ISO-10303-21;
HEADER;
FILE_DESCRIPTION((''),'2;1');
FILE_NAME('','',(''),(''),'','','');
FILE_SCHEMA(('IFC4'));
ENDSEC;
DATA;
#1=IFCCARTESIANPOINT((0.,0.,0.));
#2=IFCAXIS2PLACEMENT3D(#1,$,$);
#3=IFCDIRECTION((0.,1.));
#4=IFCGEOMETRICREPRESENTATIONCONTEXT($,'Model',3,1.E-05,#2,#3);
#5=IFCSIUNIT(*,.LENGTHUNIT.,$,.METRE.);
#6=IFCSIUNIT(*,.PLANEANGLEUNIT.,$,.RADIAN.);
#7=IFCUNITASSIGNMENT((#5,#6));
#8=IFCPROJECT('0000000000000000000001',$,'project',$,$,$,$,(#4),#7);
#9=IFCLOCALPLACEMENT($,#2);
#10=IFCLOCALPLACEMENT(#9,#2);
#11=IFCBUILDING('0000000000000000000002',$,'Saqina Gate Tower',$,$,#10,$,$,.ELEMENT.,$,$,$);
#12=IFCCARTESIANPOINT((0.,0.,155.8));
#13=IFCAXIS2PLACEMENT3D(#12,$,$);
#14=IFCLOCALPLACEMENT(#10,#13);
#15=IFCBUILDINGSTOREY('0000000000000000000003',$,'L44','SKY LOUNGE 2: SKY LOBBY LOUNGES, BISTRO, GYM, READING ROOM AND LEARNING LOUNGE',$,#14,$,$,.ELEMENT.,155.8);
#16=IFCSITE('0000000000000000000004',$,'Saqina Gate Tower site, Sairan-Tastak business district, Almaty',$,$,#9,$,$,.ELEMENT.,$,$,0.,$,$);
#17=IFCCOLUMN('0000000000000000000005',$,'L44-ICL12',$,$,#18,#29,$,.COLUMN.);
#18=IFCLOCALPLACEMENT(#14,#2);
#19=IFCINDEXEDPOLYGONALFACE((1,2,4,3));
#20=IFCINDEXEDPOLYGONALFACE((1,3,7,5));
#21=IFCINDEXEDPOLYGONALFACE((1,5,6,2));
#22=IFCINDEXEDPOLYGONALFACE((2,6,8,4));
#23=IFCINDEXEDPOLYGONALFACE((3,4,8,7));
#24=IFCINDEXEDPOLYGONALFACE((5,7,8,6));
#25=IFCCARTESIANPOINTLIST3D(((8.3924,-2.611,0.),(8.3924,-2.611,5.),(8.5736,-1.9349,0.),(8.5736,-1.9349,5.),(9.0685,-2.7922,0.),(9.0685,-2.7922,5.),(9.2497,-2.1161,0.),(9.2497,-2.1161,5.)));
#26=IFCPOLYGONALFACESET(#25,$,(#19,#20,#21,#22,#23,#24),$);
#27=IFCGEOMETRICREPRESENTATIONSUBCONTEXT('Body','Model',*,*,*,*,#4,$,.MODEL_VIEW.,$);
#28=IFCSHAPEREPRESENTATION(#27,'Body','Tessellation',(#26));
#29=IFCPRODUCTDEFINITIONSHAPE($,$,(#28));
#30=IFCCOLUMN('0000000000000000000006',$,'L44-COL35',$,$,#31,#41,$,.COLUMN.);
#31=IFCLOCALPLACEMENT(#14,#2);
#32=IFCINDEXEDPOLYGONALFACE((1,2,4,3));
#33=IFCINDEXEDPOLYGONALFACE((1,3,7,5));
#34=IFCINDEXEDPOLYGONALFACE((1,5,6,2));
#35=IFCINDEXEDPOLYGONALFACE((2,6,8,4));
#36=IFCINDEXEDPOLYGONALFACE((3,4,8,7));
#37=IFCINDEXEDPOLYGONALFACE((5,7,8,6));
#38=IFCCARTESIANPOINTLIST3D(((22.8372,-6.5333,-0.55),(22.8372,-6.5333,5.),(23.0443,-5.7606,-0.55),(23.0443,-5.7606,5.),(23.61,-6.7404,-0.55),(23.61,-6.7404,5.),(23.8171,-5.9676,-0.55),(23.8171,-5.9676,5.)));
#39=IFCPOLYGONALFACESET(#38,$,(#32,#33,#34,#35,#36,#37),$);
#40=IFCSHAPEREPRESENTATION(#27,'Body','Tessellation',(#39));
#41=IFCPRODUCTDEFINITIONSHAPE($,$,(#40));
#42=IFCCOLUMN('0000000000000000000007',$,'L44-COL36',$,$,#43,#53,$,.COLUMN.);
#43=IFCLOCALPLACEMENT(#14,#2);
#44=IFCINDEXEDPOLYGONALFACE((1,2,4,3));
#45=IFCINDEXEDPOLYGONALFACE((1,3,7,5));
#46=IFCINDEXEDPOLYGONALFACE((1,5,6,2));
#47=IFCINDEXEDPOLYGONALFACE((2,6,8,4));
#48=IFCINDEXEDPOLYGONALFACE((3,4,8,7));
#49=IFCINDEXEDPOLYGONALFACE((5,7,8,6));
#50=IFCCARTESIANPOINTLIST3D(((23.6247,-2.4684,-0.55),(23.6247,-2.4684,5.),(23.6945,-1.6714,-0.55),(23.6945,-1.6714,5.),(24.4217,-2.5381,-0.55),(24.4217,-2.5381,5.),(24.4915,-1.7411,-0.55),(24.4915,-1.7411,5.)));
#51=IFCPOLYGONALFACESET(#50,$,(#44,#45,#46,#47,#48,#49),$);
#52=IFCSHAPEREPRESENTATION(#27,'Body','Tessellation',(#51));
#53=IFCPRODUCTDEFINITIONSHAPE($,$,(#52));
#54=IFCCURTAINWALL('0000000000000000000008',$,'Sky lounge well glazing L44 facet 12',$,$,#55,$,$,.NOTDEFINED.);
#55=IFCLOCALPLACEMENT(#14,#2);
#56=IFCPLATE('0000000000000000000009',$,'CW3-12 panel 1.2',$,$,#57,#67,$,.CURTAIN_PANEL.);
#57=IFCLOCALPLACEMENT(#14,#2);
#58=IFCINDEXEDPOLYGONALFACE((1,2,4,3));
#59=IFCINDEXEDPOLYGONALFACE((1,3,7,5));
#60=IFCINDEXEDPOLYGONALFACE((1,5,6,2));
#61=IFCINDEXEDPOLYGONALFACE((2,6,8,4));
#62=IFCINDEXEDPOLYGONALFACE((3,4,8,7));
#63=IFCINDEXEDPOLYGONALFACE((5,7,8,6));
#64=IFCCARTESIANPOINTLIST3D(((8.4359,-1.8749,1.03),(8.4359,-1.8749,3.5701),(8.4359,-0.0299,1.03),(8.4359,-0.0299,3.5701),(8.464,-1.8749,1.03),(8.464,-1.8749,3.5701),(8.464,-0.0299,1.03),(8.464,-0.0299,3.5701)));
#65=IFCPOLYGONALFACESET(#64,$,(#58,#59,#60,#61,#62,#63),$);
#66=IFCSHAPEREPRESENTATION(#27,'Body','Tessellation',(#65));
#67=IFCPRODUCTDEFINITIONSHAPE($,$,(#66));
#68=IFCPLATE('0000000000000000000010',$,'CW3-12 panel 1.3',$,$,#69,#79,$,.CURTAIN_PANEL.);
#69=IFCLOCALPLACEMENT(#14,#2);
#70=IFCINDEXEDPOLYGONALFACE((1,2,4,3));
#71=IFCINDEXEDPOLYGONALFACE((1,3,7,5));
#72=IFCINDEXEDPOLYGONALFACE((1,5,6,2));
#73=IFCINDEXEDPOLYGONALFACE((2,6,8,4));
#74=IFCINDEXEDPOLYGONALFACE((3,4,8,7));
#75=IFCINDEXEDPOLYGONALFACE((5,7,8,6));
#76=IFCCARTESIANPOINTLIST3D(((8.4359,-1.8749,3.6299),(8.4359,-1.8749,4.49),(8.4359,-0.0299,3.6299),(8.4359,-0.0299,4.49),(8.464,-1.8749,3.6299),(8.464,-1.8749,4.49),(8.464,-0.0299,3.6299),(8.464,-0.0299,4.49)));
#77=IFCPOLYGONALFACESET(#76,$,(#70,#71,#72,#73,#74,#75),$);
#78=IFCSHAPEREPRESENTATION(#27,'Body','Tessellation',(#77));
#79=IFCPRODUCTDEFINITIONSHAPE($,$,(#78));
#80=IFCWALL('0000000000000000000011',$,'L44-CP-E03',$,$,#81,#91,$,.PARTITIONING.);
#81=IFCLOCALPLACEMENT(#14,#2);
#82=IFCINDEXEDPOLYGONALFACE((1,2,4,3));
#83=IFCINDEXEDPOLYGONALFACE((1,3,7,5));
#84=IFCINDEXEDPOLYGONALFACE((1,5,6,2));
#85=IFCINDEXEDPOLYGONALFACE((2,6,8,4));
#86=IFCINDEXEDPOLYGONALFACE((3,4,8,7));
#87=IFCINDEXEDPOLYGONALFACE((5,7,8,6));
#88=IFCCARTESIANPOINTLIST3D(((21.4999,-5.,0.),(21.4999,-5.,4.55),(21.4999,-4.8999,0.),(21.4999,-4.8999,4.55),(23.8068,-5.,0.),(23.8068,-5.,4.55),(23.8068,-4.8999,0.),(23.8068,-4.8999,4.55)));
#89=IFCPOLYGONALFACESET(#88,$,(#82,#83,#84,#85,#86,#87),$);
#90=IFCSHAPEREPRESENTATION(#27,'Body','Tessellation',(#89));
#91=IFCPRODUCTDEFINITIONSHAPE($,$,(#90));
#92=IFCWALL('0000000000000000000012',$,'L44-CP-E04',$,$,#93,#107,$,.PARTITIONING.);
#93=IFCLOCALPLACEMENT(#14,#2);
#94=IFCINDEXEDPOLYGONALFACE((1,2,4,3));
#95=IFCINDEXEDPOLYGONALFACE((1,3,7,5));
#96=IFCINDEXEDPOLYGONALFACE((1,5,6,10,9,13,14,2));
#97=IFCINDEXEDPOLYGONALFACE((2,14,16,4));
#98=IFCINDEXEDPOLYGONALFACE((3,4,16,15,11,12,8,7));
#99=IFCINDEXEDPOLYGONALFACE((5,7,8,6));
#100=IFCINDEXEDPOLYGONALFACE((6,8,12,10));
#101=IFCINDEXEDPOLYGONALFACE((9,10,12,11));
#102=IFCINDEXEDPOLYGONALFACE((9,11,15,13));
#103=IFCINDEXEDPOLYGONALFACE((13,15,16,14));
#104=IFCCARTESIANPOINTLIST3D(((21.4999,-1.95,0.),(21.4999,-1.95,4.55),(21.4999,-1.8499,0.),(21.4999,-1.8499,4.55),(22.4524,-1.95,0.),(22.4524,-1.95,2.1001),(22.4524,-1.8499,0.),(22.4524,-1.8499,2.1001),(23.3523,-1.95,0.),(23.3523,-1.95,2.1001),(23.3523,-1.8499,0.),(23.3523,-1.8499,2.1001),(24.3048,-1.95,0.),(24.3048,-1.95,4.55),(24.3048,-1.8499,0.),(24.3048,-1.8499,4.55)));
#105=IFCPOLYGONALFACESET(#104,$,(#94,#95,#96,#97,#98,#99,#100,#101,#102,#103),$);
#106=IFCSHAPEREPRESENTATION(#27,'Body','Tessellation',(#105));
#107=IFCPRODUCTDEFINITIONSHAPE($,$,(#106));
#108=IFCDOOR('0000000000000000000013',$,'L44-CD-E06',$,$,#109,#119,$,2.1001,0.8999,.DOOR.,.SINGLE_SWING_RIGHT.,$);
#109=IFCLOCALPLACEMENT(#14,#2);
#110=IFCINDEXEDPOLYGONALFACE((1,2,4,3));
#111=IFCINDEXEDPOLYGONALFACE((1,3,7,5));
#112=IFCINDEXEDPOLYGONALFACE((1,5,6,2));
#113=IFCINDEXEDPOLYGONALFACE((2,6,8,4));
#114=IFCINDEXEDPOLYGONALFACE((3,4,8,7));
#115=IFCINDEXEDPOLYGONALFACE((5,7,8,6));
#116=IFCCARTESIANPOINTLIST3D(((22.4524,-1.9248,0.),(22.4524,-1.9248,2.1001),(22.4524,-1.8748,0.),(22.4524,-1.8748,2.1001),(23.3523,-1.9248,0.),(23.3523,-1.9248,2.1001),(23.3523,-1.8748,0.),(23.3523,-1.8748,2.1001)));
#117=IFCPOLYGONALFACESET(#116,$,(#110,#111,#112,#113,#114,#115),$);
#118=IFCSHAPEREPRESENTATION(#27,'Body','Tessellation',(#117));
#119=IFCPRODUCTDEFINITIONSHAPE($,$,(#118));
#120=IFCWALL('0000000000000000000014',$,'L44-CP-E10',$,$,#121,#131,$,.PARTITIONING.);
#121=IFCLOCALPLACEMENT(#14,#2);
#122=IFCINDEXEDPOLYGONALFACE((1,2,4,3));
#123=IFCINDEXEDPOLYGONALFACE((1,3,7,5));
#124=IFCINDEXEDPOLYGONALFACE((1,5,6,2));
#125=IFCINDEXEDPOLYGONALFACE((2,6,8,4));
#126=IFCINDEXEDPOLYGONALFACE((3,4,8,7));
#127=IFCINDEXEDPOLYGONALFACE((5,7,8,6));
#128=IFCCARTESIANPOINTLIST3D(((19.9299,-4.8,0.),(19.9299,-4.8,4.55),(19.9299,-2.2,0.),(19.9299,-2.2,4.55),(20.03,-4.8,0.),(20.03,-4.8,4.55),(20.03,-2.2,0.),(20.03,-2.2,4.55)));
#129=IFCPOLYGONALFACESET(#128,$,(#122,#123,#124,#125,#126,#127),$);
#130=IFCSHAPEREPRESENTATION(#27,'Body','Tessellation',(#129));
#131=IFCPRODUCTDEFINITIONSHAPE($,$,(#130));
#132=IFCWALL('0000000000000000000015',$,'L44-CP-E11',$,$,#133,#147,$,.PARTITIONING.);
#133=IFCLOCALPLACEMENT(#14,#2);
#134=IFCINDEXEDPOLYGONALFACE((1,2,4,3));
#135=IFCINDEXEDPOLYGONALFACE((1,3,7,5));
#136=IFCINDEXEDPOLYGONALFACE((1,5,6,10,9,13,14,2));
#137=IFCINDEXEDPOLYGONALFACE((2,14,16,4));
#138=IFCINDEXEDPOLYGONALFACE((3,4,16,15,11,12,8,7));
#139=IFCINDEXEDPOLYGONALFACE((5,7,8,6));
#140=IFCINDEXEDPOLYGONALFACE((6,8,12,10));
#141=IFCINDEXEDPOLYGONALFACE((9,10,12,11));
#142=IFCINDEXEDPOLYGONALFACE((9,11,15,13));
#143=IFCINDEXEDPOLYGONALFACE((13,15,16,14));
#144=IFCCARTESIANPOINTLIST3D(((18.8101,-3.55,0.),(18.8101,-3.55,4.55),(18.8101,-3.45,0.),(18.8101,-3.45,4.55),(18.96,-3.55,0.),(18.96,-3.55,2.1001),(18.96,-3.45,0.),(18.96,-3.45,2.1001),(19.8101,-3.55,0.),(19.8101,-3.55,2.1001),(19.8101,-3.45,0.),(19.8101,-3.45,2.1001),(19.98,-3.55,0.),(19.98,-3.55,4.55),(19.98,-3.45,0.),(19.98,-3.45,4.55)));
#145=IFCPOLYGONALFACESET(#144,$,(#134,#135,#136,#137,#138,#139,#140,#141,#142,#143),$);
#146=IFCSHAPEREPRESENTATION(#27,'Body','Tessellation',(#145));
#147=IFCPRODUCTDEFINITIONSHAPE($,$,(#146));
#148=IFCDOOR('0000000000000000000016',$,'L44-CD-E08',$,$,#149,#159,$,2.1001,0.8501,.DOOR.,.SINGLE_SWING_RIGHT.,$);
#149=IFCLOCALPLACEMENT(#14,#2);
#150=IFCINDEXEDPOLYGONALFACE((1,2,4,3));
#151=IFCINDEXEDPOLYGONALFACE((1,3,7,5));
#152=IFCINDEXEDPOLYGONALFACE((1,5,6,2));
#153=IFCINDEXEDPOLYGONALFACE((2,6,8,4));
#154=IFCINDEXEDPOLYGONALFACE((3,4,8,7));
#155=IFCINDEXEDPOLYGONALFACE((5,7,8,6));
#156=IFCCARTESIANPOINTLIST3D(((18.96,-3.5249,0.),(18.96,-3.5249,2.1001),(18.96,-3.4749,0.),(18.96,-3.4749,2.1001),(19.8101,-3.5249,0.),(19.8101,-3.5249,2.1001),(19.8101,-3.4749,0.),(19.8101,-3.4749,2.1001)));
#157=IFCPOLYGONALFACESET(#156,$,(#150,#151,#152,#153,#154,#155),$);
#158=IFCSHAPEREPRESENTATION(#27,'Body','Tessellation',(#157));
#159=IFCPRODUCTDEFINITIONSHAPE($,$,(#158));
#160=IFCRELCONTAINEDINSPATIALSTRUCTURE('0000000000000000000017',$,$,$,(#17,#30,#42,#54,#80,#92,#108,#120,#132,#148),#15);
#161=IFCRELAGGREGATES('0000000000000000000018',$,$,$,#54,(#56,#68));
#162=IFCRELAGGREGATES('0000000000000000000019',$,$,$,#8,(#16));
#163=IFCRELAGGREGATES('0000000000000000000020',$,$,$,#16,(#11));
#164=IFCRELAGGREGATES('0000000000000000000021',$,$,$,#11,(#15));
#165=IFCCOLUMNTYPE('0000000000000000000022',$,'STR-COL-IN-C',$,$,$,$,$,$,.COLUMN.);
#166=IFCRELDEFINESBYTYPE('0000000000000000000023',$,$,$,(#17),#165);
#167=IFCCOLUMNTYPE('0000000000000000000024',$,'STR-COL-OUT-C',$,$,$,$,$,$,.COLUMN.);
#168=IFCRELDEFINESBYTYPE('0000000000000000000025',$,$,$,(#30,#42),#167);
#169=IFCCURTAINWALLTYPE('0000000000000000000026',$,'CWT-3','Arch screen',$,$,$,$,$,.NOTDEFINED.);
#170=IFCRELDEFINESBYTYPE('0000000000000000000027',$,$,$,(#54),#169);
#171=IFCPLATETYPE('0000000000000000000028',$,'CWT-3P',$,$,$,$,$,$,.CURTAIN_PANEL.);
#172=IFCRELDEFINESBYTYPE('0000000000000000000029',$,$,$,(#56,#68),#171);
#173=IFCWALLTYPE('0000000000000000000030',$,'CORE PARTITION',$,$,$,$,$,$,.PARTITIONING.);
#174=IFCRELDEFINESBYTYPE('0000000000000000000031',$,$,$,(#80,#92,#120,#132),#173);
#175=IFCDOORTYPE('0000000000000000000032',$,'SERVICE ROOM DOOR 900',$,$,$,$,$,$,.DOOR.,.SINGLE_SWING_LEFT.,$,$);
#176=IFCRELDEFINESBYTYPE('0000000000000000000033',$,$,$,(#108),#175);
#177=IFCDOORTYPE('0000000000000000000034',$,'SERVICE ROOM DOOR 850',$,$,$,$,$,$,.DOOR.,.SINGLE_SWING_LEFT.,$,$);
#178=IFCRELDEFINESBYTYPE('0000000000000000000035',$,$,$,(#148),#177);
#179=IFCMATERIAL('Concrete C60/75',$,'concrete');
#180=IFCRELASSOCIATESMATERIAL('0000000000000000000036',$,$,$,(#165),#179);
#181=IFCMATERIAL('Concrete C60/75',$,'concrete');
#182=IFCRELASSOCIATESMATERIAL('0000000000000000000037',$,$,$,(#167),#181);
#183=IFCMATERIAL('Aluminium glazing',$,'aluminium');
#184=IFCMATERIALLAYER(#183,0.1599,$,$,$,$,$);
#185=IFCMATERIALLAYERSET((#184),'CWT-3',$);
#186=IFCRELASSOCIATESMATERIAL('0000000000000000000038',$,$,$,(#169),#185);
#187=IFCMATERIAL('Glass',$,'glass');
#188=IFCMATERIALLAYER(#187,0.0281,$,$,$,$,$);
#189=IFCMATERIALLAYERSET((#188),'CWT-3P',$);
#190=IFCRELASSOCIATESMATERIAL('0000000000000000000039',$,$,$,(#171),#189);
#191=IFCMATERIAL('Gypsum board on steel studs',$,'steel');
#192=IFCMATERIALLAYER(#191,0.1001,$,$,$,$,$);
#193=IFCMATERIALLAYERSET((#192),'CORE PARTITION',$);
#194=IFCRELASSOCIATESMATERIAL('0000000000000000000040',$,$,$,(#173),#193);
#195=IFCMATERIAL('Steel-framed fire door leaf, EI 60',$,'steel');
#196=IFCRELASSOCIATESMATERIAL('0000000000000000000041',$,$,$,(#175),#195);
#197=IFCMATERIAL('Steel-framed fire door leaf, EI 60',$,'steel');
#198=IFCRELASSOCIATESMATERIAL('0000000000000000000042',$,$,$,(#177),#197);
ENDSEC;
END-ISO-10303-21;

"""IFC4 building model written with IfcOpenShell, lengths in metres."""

from ifc_helpers import new_model, si_unit, direction, frame, frame_2d, origin, origin_2d, place, context, subcontext, project, spatial, rectangle, extrude, material, layer, layer_set, material_profile, profile_set, type_object, element, fill, aggregate, save


model = new_model("IFC4")

# Units and contexts
model_context = context("Model", 3, precision=1e-05, world=origin(), true_north=direction((0.0, 1.0)))
body_context = subcontext(model_context, "Body", "Model", "MODEL_VIEW")
ifc_project = project(units=[si_unit("LENGTHUNIT", "METRE"), si_unit("PLANEANGLEUNIT", "RADIAN")], contexts=[model_context])

# Site, building, storey
site_placement = place(None, origin())
site = spatial("IfcSite", under=ifc_project, at=site_placement, Name="Saqina Gate Tower site, Sairan-Tastak business district, Almaty", CompositionType="ELEMENT", RefElevation=0.0)
building_placement = place(site_placement, origin())
building = spatial("IfcBuilding", under=site, at=building_placement, Name="Saqina Gate Tower", CompositionType="ELEMENT")
storey_placement = place(building_placement, frame((0.0, 0.0, 155.8)))
storey = spatial("IfcBuildingStorey", under=building, at=storey_placement, Name="L44", Description="SKY LOUNGE 2: SKY LOBBY LOUNGES, BISTRO, GYM, READING ROOM AND LEARNING LOUNGE", CompositionType="ELEMENT", Elevation=155.8)

# Columns
ifc_material_1 = material(Name="Concrete C60/75", Category="concrete")
ifc_material_profile_1 = material_profile(ifc_material_1, rectangle(XDim=0.7, YDim=0.7, at=origin_2d()), Name="RC 700x700")
ifc_profile_set_1 = profile_set([ifc_material_profile_1], Name="Concrete C60/75")
column_type_1 = type_object("IfcColumnType", Name="STR-COL-IN-C", PredefinedType="COLUMN", material=ifc_profile_set_1)
column_placement = place(storey_placement, frame((8.821, -2.3635, 0.0), z_axis=(0.0, 0.0, 1.0), x_axis=(0.965926, -0.258819, 0.0)))
element("IfcColumn", 1, at=column_placement, inside=storey, type_object=column_type_1, Name="L44-ICL12", PredefinedType="COLUMN", context=body_context, shape_type="SweptSolid", body=[
    extrude(rectangle(XDim=0.7, YDim=0.7, at=origin_2d()), origin(), (0.0, 0.0, 1.0), 5.0),
])
ifc_material_2 = material(Name="Concrete C60/75", Category="concrete")
ifc_material_profile_2 = material_profile(ifc_material_2, rectangle(XDim=0.8, YDim=0.8, at=origin_2d()), Name="RC 800x800")
ifc_profile_set_2 = profile_set([ifc_material_profile_2], Name="Concrete C60/75")
column_type_2 = type_object("IfcColumnType", Name="STR-COL-OUT-C", PredefinedType="COLUMN", material=ifc_profile_set_2)
for number, where, z_axis, x_axis, name in (
    (2, (23.3271, -6.2505, -0.55), (0.0, 0.0, 1.0), (0.965926, -0.258819, 0.0), "L44-COL35"),
    (3, (24.0581, -2.1047, -0.55), (0.0, 0.0, 1.0), (0.996195, -0.087156, 0.0), "L44-COL36"),
):
    element("IfcColumn", number, at=place(storey_placement, frame(where, z_axis=z_axis, x_axis=x_axis)), inside=storey, type_object=column_type_2, Name=name, PredefinedType="COLUMN", context=body_context, shape_type="SweptSolid", body=[
        extrude(rectangle(XDim=0.8, YDim=0.8, at=origin_2d()), origin(), (0.0, 0.0, 1.0), 5.55),
    ])

# Curtain wall, plates
ifc_material_3 = material(Name="Aluminium glazing", Category="aluminium")
ifc_layer_1 = layer(ifc_material_3, 0.1599)
ifc_layer_set_1 = layer_set([ifc_layer_1], Name="CWT-3")
curtain_wall_type = type_object("IfcCurtainWallType", Name="CWT-3", Description="Arch screen", PredefinedType="NOTDEFINED", material=ifc_layer_set_1)
curtain_wall_placement = place(storey_placement, origin())
curtain_wall = element("IfcCurtainWall", 4, at=curtain_wall_placement, inside=storey, type_object=curtain_wall_type, Name="Sky lounge well glazing L44 facet 12", PredefinedType="NOTDEFINED")
ifc_material_4 = material(Name="Glass", Category="glass")
ifc_layer_2 = layer(ifc_material_4, 0.0281)
ifc_layer_set_2 = layer_set([ifc_layer_2], Name="CWT-3P")
plate_type = type_object("IfcPlateType", Name="CWT-3P", PredefinedType="CURTAIN_PANEL", material=ifc_layer_set_2)
plate_1_placement = place(storey_placement, frame((8.45, -0.9524, 1.03), z_axis=(0.0, 0.0, 1.0), x_axis=(0.0, 1.0, 0.0)))
plate_1 = element("IfcPlate", 5, at=plate_1_placement, type_object=plate_type, Name="CW3-12 panel 1.2", PredefinedType="CURTAIN_PANEL", context=body_context, shape_type="SweptSolid", body=[
    extrude(rectangle(XDim=1.845, YDim=0.0281, at=origin_2d()), origin(), (0.0, 0.0, 1.0), 2.54),
])
plate_2_placement = place(storey_placement, frame((8.45, -0.9524, 3.6299), z_axis=(0.0, 0.0, 1.0), x_axis=(0.0, 1.0, 0.0)))
plate_2 = element("IfcPlate", 6, at=plate_2_placement, type_object=plate_type, Name="CW3-12 panel 1.3", PredefinedType="CURTAIN_PANEL", context=body_context, shape_type="SweptSolid", body=[
    extrude(rectangle(XDim=1.845, YDim=0.0281, at=origin_2d()), origin(), (0.0, 0.0, 1.0), 0.8601),
])
aggregate(curtain_wall, [plate_1, plate_2])

# Wall
ifc_material_5 = material(Name="Gypsum board on steel studs", Category="steel")
ifc_layer_3 = layer(ifc_material_5, 0.1001)
ifc_layer_set_3 = layer_set([ifc_layer_3], Name="CORE PARTITION")
wall_type_1 = type_object("IfcWallType", Name="CORE PARTITION", PredefinedType="PARTITIONING", material=ifc_layer_set_3)
wall_1_placement = place(storey_placement, frame((21.5, -4.95, 0.0), z_axis=(0.0, 0.0, 1.0), x_axis=(1.0, 0.0, 0.0)))
element("IfcWall", 7, at=wall_1_placement, inside=storey, type_object=wall_type_1, Name="L44-CP-E03", PredefinedType="PARTITIONING", context=body_context, shape_type="SweptSolid", body=[
    extrude(rectangle(XDim=2.3069, YDim=0.1001, at=frame_2d((1.1533, 0.0))), origin(), (0.0, 0.0, 1.0), 4.55),
])

# Wall, opening, door
wall_2_placement = place(storey_placement, frame((21.5, -1.8999, 0.0), z_axis=(0.0, 0.0, 1.0), x_axis=(1.0, 0.0, 0.0)))
wall_2 = element("IfcWall", 8, at=wall_2_placement, inside=storey, type_object=wall_type_1, Name="L44-CP-E04", PredefinedType="PARTITIONING", context=body_context, shape_type="SweptSolid", body=[
    extrude(rectangle(XDim=2.8049, YDim=0.1001, at=frame_2d((1.4023, 0.0))), origin(), (0.0, 0.0, 1.0), 4.55),
])
opening_1_placement = place(wall_2_placement, frame((0.9524, 0.0, 0.0)))
opening_1 = element("IfcOpeningElement", 9, at=opening_1_placement, cuts=wall_2, PredefinedType="OPENING", context=body_context, shape_type="SweptSolid", body=[
    extrude(rectangle(XDim=0.8999, YDim=2.1001, at=frame_2d((0.45, 1.05))), frame((0.0, 0.062, 0.0), z_axis=(0.0, -1.0, 0.0), x_axis=(1.0, 0.0, 0.0)), (0.0, 0.0, 1.0), 0.124),
])
ifc_material_6 = material(Name="Steel-framed fire door leaf, EI 60", Category="steel")
door_type_1 = type_object("IfcDoorType", Name="SERVICE ROOM DOOR 900", OperationType="SINGLE_SWING_LEFT", PredefinedType="DOOR", material=ifc_material_6)
door_1_placement = place(opening_1_placement, frame((0.8999, 0.0, 0.0), z_axis=(0.0, 0.0, 1.0), x_axis=(-1.0, 0.0, 0.0)))
door_1 = element("IfcDoor", 10, at=door_1_placement, inside=storey, type_object=door_type_1, Name="L44-CD-E06", OperationType="SINGLE_SWING_RIGHT", OverallHeight=2.1001, OverallWidth=0.8999, PredefinedType="DOOR", context=body_context, shape_type="SweptSolid", body=[
    extrude(rectangle(XDim=0.8999, YDim=2.1001, at=frame_2d((0.45, 1.05))), frame((0.0, 0.0249, 0.0), z_axis=(0.0, -1.0, 0.0), x_axis=(1.0, 0.0, 0.0)), (0.0, 0.0, 1.0), 0.05),
])
fill(opening_1, door_1)

# Wall
wall_3_placement = place(storey_placement, frame((19.98, -4.8, 0.0), z_axis=(0.0, 0.0, 1.0), x_axis=(0.0, 1.0, 0.0)))
element("IfcWall", 11, at=wall_3_placement, inside=storey, type_object=wall_type_1, Name="L44-CP-E10", PredefinedType="PARTITIONING", context=body_context, shape_type="SweptSolid", body=[
    extrude(rectangle(XDim=2.6001, YDim=0.1001, at=frame_2d((1.3, 0.0))), origin(), (0.0, 0.0, 1.0), 4.55),
])

# Wall, opening, door
wall_4_placement = place(storey_placement, frame((18.8101, -3.5, 0.0), z_axis=(0.0, 0.0, 1.0), x_axis=(1.0, 0.0, 0.0)))
wall_4 = element("IfcWall", 12, at=wall_4_placement, inside=storey, type_object=wall_type_1, Name="L44-CP-E11", PredefinedType="PARTITIONING", context=body_context, shape_type="SweptSolid", body=[
    extrude(rectangle(XDim=1.1699, YDim=0.1001, at=frame_2d((0.585, 0.0))), origin(), (0.0, 0.0, 1.0), 4.55),
])
opening_2_placement = place(wall_4_placement, frame((0.1499, 0.0, 0.0)))
opening_2 = element("IfcOpeningElement", 13, at=opening_2_placement, cuts=wall_4, PredefinedType="OPENING", context=body_context, shape_type="SweptSolid", body=[
    extrude(rectangle(XDim=0.8501, YDim=2.1001, at=frame_2d((0.425, 1.05))), frame((0.0, 0.062, 0.0), z_axis=(0.0, -1.0, 0.0), x_axis=(1.0, 0.0, 0.0)), (0.0, 0.0, 1.0), 0.124),
])
ifc_material_7 = material(Name="Steel-framed fire door leaf, EI 60", Category="steel")
door_type_2 = type_object("IfcDoorType", Name="SERVICE ROOM DOOR 850", OperationType="SINGLE_SWING_LEFT", PredefinedType="DOOR", material=ifc_material_7)
door_2_placement = place(opening_2_placement, frame((0.8501, 0.0, 0.0), z_axis=(0.0, 0.0, 1.0), x_axis=(-1.0, 0.0, 0.0)))
door_2 = element("IfcDoor", 14, at=door_2_placement, inside=storey, type_object=door_type_2, Name="L44-CD-E08", OperationType="SINGLE_SWING_RIGHT", OverallHeight=2.1001, OverallWidth=0.8501, PredefinedType="DOOR", context=body_context, shape_type="SweptSolid", body=[
    extrude(rectangle(XDim=0.8501, YDim=2.1001, at=frame_2d((0.425, 1.05))), frame((0.0, 0.0249, 0.0), z_axis=(0.0, -1.0, 0.0), x_axis=(1.0, 0.0, 0.0)), (0.0, 0.0, 1.0), 0.05),
])
fill(opening_2, door_2)

save(model, "model.ifc")
